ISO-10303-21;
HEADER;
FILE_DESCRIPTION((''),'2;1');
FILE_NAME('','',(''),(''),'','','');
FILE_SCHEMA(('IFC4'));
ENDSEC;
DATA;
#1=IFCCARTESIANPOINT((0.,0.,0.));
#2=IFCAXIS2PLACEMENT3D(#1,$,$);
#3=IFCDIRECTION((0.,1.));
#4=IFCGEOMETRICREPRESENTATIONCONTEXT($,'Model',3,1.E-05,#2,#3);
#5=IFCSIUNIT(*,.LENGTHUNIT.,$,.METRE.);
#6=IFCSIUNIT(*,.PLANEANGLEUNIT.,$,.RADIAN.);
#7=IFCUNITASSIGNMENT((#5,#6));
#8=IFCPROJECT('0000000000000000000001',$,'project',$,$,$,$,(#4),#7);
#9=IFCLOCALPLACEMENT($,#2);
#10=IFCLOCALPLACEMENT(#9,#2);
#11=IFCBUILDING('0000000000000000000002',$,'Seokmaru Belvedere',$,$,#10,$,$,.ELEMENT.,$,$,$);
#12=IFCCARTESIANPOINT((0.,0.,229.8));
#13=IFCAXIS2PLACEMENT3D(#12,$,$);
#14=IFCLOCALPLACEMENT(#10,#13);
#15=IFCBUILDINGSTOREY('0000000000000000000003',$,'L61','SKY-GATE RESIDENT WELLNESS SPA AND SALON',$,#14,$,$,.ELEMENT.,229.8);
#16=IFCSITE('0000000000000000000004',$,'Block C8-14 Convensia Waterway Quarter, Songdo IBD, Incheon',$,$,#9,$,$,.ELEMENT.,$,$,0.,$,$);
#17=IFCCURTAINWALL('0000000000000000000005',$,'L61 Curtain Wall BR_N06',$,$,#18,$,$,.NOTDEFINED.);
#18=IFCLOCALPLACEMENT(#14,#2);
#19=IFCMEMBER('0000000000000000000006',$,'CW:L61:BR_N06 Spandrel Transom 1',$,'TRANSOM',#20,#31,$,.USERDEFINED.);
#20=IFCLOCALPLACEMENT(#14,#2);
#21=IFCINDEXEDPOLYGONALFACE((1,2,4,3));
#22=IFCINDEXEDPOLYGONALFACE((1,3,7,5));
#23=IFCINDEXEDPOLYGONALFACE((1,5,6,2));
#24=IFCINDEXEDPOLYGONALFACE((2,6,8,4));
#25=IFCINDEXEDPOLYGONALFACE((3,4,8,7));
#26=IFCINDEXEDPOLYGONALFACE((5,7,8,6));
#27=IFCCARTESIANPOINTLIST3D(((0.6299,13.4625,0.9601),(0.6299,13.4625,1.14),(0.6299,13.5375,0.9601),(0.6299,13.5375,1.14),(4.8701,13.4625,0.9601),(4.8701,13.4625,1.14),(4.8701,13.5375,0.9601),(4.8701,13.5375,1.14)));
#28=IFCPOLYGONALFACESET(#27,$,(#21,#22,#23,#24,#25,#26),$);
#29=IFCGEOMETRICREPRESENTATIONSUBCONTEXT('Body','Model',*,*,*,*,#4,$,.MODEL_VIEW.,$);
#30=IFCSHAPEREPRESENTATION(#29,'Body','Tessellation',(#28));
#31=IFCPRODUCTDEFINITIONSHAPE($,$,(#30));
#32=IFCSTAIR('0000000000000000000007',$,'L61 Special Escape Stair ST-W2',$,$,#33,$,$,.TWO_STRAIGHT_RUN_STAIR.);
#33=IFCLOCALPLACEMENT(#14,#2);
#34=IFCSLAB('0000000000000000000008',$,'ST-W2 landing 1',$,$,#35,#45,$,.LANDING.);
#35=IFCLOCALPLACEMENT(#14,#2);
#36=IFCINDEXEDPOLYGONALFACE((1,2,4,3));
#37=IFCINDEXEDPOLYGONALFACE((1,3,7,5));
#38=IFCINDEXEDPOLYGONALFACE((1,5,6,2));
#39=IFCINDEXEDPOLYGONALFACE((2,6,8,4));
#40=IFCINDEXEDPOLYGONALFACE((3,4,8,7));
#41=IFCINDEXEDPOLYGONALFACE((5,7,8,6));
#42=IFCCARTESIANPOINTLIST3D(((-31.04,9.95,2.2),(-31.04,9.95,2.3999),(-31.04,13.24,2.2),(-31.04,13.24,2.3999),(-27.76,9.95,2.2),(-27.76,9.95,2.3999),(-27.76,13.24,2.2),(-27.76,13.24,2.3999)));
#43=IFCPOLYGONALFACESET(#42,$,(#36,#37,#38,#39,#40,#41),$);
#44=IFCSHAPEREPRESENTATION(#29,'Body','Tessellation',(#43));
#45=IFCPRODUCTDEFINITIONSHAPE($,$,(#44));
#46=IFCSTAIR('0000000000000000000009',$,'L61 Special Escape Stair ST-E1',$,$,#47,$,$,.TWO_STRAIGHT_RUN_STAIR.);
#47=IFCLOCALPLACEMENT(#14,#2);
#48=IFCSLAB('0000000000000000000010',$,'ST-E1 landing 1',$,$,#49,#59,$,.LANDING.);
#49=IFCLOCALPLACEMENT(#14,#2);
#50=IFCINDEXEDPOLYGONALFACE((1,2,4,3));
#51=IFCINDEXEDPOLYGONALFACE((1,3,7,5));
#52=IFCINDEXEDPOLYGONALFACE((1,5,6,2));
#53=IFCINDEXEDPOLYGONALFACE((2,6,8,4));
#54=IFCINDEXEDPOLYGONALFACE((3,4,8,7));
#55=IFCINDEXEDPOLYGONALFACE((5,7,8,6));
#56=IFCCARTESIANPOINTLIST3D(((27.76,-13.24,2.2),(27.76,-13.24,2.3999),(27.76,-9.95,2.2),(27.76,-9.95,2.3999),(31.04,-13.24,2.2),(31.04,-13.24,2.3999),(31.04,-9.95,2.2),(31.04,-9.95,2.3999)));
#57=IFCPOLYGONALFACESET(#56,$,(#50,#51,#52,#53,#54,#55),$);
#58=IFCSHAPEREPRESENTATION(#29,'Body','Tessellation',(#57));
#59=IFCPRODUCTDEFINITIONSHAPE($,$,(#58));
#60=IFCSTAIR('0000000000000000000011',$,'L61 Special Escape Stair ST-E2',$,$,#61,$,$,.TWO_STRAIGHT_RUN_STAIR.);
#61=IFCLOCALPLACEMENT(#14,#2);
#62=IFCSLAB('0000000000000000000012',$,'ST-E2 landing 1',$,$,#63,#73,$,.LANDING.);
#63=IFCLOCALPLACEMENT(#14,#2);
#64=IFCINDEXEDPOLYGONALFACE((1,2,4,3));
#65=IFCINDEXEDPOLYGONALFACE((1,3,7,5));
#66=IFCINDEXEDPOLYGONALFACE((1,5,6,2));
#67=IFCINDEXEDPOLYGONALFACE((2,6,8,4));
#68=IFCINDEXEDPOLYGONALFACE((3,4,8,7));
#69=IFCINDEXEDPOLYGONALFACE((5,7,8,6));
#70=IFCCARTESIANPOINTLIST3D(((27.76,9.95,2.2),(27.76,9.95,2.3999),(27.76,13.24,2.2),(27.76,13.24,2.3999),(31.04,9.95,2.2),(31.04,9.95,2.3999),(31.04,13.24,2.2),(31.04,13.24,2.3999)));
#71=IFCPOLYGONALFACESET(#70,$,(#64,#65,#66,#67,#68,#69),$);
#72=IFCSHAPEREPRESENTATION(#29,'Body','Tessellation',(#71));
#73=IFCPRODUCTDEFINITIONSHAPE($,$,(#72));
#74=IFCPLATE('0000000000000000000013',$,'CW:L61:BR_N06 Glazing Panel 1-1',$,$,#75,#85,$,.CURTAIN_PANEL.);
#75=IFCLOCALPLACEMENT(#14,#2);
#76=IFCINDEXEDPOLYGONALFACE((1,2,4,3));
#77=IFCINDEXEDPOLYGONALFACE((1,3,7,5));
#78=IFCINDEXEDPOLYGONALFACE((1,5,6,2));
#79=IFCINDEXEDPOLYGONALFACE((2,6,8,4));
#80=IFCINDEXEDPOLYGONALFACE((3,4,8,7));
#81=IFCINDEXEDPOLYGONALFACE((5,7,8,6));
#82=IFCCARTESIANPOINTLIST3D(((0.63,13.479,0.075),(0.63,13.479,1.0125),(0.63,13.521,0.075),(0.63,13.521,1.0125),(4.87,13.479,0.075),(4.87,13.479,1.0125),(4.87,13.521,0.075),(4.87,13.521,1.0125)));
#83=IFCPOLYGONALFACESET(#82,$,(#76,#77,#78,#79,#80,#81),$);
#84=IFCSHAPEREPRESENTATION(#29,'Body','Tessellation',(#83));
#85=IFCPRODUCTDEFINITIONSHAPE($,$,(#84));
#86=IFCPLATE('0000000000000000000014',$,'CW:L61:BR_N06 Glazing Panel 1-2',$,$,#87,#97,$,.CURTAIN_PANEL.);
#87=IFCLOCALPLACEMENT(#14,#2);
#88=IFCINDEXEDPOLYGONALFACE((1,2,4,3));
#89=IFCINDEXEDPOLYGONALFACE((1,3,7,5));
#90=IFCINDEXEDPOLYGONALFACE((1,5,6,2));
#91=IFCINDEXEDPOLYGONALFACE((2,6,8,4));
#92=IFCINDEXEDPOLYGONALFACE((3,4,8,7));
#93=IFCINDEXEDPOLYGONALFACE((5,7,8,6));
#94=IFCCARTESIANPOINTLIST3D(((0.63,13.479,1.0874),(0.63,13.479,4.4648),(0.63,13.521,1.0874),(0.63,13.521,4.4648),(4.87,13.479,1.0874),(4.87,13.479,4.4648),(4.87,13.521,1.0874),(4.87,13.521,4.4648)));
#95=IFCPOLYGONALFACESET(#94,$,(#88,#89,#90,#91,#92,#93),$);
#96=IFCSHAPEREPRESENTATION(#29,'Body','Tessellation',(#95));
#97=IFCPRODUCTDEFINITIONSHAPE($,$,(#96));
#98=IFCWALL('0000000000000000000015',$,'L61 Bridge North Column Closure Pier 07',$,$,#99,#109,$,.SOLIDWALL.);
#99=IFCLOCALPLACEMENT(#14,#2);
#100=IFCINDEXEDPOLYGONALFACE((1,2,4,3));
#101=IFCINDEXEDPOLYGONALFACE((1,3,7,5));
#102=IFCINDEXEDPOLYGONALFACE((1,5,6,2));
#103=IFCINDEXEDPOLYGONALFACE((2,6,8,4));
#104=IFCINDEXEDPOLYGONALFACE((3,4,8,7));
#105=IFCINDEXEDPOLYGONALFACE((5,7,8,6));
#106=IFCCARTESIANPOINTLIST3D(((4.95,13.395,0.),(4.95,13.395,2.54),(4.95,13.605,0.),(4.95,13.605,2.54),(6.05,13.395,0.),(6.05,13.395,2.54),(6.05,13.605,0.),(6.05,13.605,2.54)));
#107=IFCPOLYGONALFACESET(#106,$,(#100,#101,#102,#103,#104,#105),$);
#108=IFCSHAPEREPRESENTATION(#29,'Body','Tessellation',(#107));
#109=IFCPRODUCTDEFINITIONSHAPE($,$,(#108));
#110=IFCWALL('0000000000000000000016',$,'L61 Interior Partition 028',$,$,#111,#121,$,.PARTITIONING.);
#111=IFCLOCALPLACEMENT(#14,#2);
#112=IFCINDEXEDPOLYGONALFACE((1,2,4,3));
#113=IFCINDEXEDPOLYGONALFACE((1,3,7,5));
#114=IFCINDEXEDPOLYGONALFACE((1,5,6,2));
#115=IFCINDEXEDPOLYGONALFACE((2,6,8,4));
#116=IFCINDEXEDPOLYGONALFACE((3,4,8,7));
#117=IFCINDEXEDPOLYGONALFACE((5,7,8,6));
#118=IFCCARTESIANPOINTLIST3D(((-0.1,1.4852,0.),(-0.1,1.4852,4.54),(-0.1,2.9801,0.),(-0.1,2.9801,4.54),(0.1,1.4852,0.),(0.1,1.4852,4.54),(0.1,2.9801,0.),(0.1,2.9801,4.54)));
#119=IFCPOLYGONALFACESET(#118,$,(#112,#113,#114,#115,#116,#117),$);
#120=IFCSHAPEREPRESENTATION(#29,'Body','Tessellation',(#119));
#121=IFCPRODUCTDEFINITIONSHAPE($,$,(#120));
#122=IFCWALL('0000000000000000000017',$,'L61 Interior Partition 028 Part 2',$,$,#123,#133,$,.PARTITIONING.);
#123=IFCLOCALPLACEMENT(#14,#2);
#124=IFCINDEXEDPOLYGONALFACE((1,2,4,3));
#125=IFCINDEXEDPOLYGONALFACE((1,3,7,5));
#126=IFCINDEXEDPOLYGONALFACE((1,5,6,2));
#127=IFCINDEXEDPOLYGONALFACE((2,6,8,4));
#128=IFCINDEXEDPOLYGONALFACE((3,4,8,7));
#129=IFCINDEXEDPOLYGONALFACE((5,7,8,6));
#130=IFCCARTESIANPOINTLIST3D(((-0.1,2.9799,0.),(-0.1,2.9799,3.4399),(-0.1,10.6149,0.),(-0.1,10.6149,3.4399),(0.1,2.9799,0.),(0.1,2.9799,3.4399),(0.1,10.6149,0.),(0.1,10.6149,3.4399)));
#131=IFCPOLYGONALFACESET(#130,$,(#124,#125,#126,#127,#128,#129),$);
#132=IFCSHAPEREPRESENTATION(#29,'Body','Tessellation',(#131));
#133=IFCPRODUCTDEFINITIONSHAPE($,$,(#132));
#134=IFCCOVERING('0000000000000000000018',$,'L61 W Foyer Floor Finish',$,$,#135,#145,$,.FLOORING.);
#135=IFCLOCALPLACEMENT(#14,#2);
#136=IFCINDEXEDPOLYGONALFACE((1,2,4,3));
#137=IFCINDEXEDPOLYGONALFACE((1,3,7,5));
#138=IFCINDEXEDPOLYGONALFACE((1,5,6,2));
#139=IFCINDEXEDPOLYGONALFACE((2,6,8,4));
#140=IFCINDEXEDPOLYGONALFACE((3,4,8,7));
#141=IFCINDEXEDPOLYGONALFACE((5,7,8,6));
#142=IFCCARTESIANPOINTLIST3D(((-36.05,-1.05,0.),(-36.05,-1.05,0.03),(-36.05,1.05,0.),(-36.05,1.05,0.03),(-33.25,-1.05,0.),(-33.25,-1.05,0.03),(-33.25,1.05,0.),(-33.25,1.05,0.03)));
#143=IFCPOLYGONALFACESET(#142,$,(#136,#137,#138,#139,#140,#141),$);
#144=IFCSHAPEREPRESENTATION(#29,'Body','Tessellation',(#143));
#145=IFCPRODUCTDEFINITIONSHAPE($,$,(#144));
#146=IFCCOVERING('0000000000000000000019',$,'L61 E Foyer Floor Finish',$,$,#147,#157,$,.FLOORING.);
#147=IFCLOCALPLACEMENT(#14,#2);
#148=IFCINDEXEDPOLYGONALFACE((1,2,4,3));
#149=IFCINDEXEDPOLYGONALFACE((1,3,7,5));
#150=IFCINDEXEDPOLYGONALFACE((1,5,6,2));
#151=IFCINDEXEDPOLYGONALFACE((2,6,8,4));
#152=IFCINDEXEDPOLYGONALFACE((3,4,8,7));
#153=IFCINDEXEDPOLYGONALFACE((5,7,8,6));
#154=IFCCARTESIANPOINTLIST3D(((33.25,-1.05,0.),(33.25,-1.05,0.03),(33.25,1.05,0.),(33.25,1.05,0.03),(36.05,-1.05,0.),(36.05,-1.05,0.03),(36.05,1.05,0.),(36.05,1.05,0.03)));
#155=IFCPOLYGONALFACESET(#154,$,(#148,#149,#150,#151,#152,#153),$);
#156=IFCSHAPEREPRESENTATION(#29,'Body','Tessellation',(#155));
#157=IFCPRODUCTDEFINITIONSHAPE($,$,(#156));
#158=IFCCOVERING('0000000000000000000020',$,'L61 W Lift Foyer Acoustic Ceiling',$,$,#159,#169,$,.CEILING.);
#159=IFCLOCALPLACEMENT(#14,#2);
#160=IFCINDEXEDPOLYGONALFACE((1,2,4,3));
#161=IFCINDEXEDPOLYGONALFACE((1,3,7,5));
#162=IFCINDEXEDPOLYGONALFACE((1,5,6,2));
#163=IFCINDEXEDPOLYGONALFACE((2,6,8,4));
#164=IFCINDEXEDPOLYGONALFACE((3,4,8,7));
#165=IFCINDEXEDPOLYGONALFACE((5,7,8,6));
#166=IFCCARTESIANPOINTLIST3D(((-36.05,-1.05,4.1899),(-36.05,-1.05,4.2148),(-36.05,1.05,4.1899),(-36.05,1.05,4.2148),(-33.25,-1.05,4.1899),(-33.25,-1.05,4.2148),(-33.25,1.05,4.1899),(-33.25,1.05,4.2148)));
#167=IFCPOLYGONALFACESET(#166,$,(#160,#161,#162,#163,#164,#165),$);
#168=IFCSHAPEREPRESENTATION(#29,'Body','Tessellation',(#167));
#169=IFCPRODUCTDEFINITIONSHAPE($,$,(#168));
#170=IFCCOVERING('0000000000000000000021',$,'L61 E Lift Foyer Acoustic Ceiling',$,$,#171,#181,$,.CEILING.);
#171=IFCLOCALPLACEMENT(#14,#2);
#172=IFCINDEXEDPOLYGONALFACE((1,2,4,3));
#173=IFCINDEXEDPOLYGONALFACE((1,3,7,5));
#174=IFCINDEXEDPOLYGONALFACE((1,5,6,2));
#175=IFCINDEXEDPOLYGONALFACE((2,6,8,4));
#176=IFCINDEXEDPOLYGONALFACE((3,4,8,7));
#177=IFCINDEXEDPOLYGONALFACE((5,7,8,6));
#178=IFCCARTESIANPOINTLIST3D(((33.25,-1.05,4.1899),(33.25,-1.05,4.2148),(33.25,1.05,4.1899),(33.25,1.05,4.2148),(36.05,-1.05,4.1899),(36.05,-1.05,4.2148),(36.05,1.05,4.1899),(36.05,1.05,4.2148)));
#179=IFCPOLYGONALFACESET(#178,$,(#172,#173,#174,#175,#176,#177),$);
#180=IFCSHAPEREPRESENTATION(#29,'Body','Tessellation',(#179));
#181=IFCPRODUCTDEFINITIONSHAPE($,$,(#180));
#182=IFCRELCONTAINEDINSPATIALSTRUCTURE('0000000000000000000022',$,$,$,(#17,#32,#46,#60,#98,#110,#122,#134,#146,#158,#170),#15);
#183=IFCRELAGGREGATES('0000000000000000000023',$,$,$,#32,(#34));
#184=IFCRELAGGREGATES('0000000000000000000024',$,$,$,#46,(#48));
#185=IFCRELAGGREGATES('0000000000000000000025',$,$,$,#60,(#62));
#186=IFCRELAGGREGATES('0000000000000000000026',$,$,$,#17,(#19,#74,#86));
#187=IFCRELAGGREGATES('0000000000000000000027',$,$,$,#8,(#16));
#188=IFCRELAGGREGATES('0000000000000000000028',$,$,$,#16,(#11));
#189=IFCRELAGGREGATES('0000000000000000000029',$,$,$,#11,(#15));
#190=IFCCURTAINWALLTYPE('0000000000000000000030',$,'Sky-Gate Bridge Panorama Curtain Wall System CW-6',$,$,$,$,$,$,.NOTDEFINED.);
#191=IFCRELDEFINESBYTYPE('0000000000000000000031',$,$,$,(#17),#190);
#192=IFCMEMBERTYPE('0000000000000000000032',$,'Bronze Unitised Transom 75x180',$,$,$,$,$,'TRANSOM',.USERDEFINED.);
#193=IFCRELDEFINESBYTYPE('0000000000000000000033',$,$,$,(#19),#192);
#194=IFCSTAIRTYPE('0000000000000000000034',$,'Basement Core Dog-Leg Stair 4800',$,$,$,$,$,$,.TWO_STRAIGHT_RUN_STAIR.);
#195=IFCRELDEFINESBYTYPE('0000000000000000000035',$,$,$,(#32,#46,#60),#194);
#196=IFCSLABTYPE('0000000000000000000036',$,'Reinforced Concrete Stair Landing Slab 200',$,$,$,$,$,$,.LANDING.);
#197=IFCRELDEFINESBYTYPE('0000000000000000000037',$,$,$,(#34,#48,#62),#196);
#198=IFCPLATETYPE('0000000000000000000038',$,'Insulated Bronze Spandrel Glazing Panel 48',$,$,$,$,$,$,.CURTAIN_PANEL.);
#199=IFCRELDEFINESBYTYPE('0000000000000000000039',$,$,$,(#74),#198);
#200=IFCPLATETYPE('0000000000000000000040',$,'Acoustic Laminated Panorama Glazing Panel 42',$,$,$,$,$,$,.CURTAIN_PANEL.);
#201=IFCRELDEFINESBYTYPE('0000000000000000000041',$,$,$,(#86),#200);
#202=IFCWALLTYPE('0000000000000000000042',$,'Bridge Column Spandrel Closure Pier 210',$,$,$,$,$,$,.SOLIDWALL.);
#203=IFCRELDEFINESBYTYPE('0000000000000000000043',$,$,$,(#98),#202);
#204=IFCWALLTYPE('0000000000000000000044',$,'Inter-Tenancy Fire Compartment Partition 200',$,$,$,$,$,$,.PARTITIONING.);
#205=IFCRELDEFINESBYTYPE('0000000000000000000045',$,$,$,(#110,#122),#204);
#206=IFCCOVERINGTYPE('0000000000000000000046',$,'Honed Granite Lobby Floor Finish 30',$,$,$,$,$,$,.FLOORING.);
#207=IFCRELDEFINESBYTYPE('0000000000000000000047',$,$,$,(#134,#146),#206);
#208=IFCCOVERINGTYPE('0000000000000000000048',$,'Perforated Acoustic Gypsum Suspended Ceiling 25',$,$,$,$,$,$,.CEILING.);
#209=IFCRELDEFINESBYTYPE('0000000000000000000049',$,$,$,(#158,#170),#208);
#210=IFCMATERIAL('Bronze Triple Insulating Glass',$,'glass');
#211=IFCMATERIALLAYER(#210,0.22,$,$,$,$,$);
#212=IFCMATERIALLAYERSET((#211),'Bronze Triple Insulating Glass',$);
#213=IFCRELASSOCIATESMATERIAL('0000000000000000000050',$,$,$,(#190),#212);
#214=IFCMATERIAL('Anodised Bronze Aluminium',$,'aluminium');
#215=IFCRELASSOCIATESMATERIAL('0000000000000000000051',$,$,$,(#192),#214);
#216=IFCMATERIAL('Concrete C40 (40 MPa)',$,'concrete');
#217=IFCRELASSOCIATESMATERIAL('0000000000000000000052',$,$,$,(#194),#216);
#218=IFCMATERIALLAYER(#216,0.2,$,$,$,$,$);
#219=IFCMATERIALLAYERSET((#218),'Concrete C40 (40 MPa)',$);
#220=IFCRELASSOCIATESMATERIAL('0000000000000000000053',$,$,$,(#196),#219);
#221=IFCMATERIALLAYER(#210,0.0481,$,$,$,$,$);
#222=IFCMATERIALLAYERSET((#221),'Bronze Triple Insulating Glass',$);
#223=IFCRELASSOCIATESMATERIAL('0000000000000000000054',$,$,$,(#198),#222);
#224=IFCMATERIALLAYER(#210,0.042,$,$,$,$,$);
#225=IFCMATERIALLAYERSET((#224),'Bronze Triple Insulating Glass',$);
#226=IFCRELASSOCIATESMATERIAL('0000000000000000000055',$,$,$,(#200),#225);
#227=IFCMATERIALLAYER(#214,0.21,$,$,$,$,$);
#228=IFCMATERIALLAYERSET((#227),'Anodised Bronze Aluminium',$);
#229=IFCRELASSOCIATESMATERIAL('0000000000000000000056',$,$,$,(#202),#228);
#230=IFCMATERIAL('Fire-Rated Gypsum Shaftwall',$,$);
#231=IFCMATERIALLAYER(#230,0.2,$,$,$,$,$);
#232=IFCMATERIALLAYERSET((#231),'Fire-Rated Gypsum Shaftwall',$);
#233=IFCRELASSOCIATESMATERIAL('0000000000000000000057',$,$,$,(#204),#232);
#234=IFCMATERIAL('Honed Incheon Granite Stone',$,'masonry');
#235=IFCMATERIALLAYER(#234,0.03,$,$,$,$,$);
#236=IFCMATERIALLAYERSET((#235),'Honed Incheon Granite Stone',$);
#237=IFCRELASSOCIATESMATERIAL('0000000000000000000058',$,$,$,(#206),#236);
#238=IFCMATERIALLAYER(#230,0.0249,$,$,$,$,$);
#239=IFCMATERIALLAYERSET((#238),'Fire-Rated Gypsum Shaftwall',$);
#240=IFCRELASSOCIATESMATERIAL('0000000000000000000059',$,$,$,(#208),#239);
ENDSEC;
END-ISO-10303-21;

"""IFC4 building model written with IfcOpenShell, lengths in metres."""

from ifc_helpers import new_model, si_unit, direction, frame, frame_2d, origin, origin_2d, place, context, subcontext, project, spatial, polyline, rectangle, outline, extrude, source, transform, mapped, material, layer, layer_set, material_profile, profile_set, type_object, type_shapes, element, aggregate, save


model = new_model("IFC4")

# Units and contexts
model_context = context("Model", 3, precision=1e-05, world=origin(), true_north=direction((0.0, 1.0)))
body_context = subcontext(model_context, "Body", "Model", "MODEL_VIEW")
ifc_project = project(units=[si_unit("LENGTHUNIT", "METRE"), si_unit("PLANEANGLEUNIT", "RADIAN")], contexts=[model_context])

# Site, building, storey
site_placement = place(None, origin())
site = spatial("IfcSite", under=ifc_project, at=site_placement, Name="Block C8-14 Convensia Waterway Quarter, Songdo IBD, Incheon", CompositionType="ELEMENT", RefElevation=0.0)
building_placement = place(site_placement, origin())
building = spatial("IfcBuilding", under=site, at=building_placement, Name="Seokmaru Belvedere", CompositionType="ELEMENT")
storey_placement = place(building_placement, frame((0.0, 0.0, 229.8)))
storey = spatial("IfcBuildingStorey", under=building, at=storey_placement, Name="L61", Description="SKY-GATE RESIDENT WELLNESS SPA AND SALON", CompositionType="ELEMENT", Elevation=229.8)

# Curtain wall, member
ifc_material_1 = material(Name="Bronze Triple Insulating Glass", Category="glass")
ifc_layer_1 = layer(ifc_material_1, 0.22)
ifc_layer_set_1 = layer_set([ifc_layer_1], Name="Bronze Triple Insulating Glass")
curtain_wall_type = type_object("IfcCurtainWallType", Name="Sky-Gate Bridge Panorama Curtain Wall System CW-6", PredefinedType="NOTDEFINED", material=ifc_layer_set_1)
curtain_wall_placement = place(storey_placement, origin())
curtain_wall = element("IfcCurtainWall", 1, at=curtain_wall_placement, inside=storey, type_object=curtain_wall_type, Name="L61 Curtain Wall BR_N06", PredefinedType="NOTDEFINED")
ifc_material_2 = material(Name="Anodised Bronze Aluminium", Category="aluminium")
ifc_material_profile_1 = material_profile(ifc_material_2, rectangle(XDim=0.075, YDim=0.1799, at=origin_2d()), Name="CW-T-75x180")
ifc_profile_set_1 = profile_set([ifc_material_profile_1], Name="Anodised Bronze Aluminium")
member_type_1 = type_object("IfcMemberType", Name="Bronze Unitised Transom 75x180", ElementType="TRANSOM", PredefinedType="USERDEFINED", material=ifc_profile_set_1)
shared_shape_1 = source(origin(), body_context, "Body", "SweptSolid", [
    extrude(rectangle(XDim=0.075, YDim=0.1799, at=origin_2d()), origin(), (0.0, 0.0, 1.0), 4.2402),
])
type_shapes(member_type_1, [shared_shape_1])
member_1_placement = place(storey_placement, frame((4.8701, 13.5, 1.05), z_axis=(-1.0, 0.0, 0.0), x_axis=(0.0, -1.0, 0.0)))
member_1 = element("IfcMember", 2, at=member_1_placement, type_object=member_type_1, Name="CW:L61:BR_N06 Spandrel Transom 1", ObjectType="TRANSOM", PredefinedType="USERDEFINED", context=body_context, shape_type="MappedRepresentation", body=[
    mapped(shared_shape_1, transform((0.0, 0.0, 0.0), scale=1.0)),
])

# Stairs, slabs
ifc_material_3 = material(Name="Concrete C40 (40 MPa)", Category="concrete")
stair_type = type_object("IfcStairType", Name="Basement Core Dog-Leg Stair 4800", PredefinedType="TWO_STRAIGHT_RUN_STAIR", material=ifc_material_3)
stair_1_placement = place(storey_placement, origin())
stair_1 = element("IfcStair", 3, at=stair_1_placement, inside=storey, type_object=stair_type, Name="L61 Special Escape Stair ST-W2", PredefinedType="TWO_STRAIGHT_RUN_STAIR")
ifc_layer_2 = layer(ifc_material_3, 0.2)
ifc_layer_set_2 = layer_set([ifc_layer_2], Name="Concrete C40 (40 MPa)")
slab_type = type_object("IfcSlabType", Name="Reinforced Concrete Stair Landing Slab 200", PredefinedType="LANDING", material=ifc_layer_set_2)
slab_1_placement = place(storey_placement, frame((0.0, 0.0, 2.2)))
slab_1 = element("IfcSlab", 4, at=slab_1_placement, type_object=slab_type, Name="ST-W2 landing 1", PredefinedType="LANDING", context=body_context, shape_type="SweptSolid", body=[
    extrude(outline(polyline([(-31.04, 9.95), (-27.76, 9.95), (-27.76, 13.24), (-31.04, 13.24), (-31.04, 9.95)])), origin(), (0.0, 0.0, 1.0), 0.2),
])
aggregate(stair_1, [slab_1])
stair_2_placement = place(storey_placement, origin())
stair_2 = element("IfcStair", 5, at=stair_2_placement, inside=storey, type_object=stair_type, Name="L61 Special Escape Stair ST-E1", PredefinedType="TWO_STRAIGHT_RUN_STAIR")
slab_2_placement = place(storey_placement, frame((0.0, 0.0, 2.2)))
slab_2 = element("IfcSlab", 6, at=slab_2_placement, type_object=slab_type, Name="ST-E1 landing 1", PredefinedType="LANDING", context=body_context, shape_type="SweptSolid", body=[
    extrude(outline(polyline([(27.76, -13.24), (31.04, -13.24), (31.04, -9.95), (27.76, -9.95), (27.76, -13.24)])), origin(), (0.0, 0.0, 1.0), 0.2),
])
aggregate(stair_2, [slab_2])
stair_3_placement = place(storey_placement, origin())
stair_3 = element("IfcStair", 7, at=stair_3_placement, inside=storey, type_object=stair_type, Name="L61 Special Escape Stair ST-E2", PredefinedType="TWO_STRAIGHT_RUN_STAIR")
slab_3_placement = place(storey_placement, frame((0.0, 0.0, 2.2)))
slab_3 = element("IfcSlab", 8, at=slab_3_placement, type_object=slab_type, Name="ST-E2 landing 1", PredefinedType="LANDING", context=body_context, shape_type="SweptSolid", body=[
    extrude(outline(polyline([(27.76, 9.95), (31.04, 9.95), (31.04, 13.24), (27.76, 13.24), (27.76, 9.95)])), origin(), (0.0, 0.0, 1.0), 0.2),
])
aggregate(stair_3, [slab_3])

# Plates
ifc_layer_3 = layer(ifc_material_1, 0.0481)
ifc_layer_set_3 = layer_set([ifc_layer_3], Name="Bronze Triple Insulating Glass")
plate_type_1 = type_object("IfcPlateType", Name="Insulated Bronze Spandrel Glazing Panel 48", PredefinedType="CURTAIN_PANEL", material=ifc_layer_set_3)
shared_shape_2 = source(origin(), body_context, "Body", "SweptSolid", [
    extrude(rectangle(XDim=4.24, YDim=0.042, at=origin_2d()), origin(), (0.0, 0.0, 1.0), 0.9375),
])
type_shapes(plate_type_1, [shared_shape_2])
plate_1_placement = place(storey_placement, frame((2.75, 13.5, 0.075), z_axis=(0.0, 0.0, 1.0), x_axis=(-1.0, 0.0, 0.0)))
plate_1 = element("IfcPlate", 9, at=plate_1_placement, type_object=plate_type_1, Name="CW:L61:BR_N06 Glazing Panel 1-1", PredefinedType="CURTAIN_PANEL", context=body_context, shape_type="MappedRepresentation", body=[
    mapped(shared_shape_2, transform((0.0, 0.0, 0.0), scale=1.0)),
])
ifc_layer_4 = layer(ifc_material_1, 0.042)
ifc_layer_set_4 = layer_set([ifc_layer_4], Name="Bronze Triple Insulating Glass")
plate_type_2 = type_object("IfcPlateType", Name="Acoustic Laminated Panorama Glazing Panel 42", PredefinedType="CURTAIN_PANEL", material=ifc_layer_set_4)
shared_shape_3 = source(origin(), body_context, "Body", "SweptSolid", [
    extrude(rectangle(XDim=4.24, YDim=0.042, at=origin_2d()), origin(), (0.0, 0.0, 1.0), 3.3774),
])
type_shapes(plate_type_2, [shared_shape_3])
plate_2_placement = place(storey_placement, frame((2.75, 13.5, 1.0874), z_axis=(0.0, 0.0, 1.0), x_axis=(-1.0, 0.0, 0.0)))
plate_2 = element("IfcPlate", 10, at=plate_2_placement, type_object=plate_type_2, Name="CW:L61:BR_N06 Glazing Panel 1-2", PredefinedType="CURTAIN_PANEL", context=body_context, shape_type="MappedRepresentation", body=[
    mapped(shared_shape_3, transform((0.0, 0.0, 0.0), scale=1.0)),
])
aggregate(curtain_wall, [member_1, plate_1, plate_2])

# Walls
ifc_layer_5 = layer(ifc_material_2, 0.21)
ifc_layer_set_5 = layer_set([ifc_layer_5], Name="Anodised Bronze Aluminium")
wall_type_1 = type_object("IfcWallType", Name="Bridge Column Spandrel Closure Pier 210", PredefinedType="SOLIDWALL", material=ifc_layer_set_5)
wall_1_placement = place(storey_placement, frame((4.95, 13.5, 0.0), z_axis=(0.0, 0.0, 1.0), x_axis=(1.0, 0.0, 0.0)))
element("IfcWall", 11, at=wall_1_placement, inside=storey, type_object=wall_type_1, Name="L61 Bridge North Column Closure Pier 07", PredefinedType="SOLIDWALL", context=body_context, shape_type="SweptSolid", body=[
    extrude(rectangle(XDim=1.1001, YDim=0.21, at=frame_2d((0.55, 0.0))), origin(), (0.0, 0.0, 1.0), 2.54),
])
ifc_material_4 = material(Name="Fire-Rated Gypsum Shaftwall")
ifc_layer_6 = layer(ifc_material_4, 0.2)
ifc_layer_set_6 = layer_set([ifc_layer_6], Name="Fire-Rated Gypsum Shaftwall")
wall_type_2 = type_object("IfcWallType", Name="Inter-Tenancy Fire Compartment Partition 200", PredefinedType="PARTITIONING", material=ifc_layer_set_6)
wall_2_placement = place(storey_placement, frame((0.0, 1.4851, 0.0), z_axis=(0.0, 0.0, 1.0), x_axis=(0.0, 1.0, 0.0)))
element("IfcWall", 12, at=wall_2_placement, inside=storey, type_object=wall_type_2, Name="L61 Interior Partition 028", PredefinedType="PARTITIONING", context=body_context, shape_type="SweptSolid", body=[
    extrude(rectangle(XDim=1.4949, YDim=0.2, at=frame_2d((0.7476, 0.0))), origin(), (0.0, 0.0, 1.0), 4.54),
])
wall_3_placement = place(storey_placement, frame((0.0, 2.98, 0.0), z_axis=(0.0, 0.0, 1.0), x_axis=(0.0, 1.0, 0.0)))
element("IfcWall", 13, at=wall_3_placement, inside=storey, type_object=wall_type_2, Name="L61 Interior Partition 028 Part 2", PredefinedType="PARTITIONING", context=body_context, shape_type="SweptSolid", body=[
    extrude(rectangle(XDim=7.635, YDim=0.2, at=frame_2d((3.8174, 0.0))), origin(), (0.0, 0.0, 1.0), 3.4399),
])

# Coverings
ifc_material_5 = material(Name="Honed Incheon Granite Stone", Category="masonry")
ifc_layer_7 = layer(ifc_material_5, 0.03)
ifc_layer_set_7 = layer_set([ifc_layer_7], Name="Honed Incheon Granite Stone")
covering_type_1 = type_object("IfcCoveringType", Name="Honed Granite Lobby Floor Finish 30", PredefinedType="FLOORING", material=ifc_layer_set_7)
covering_1_placement = place(storey_placement, origin())
element("IfcCovering", 14, at=covering_1_placement, inside=storey, type_object=covering_type_1, Name="L61 W Foyer Floor Finish", PredefinedType="FLOORING", context=body_context, shape_type="SweptSolid", body=[
    extrude(outline(polyline([(-36.05, -1.05), (-33.25, -1.05), (-33.25, 1.05), (-36.05, 1.05), (-36.05, -1.05)])), origin(), (0.0, 0.0, 1.0), 0.03),
])
covering_2_placement = place(storey_placement, origin())
element("IfcCovering", 15, at=covering_2_placement, inside=storey, type_object=covering_type_1, Name="L61 E Foyer Floor Finish", PredefinedType="FLOORING", context=body_context, shape_type="SweptSolid", body=[
    extrude(outline(polyline([(33.25, -1.05), (36.05, -1.05), (36.05, 1.05), (33.25, 1.05), (33.25, -1.05)])), origin(), (0.0, 0.0, 1.0), 0.03),
])
ifc_layer_8 = layer(ifc_material_4, 0.0249)
ifc_layer_set_8 = layer_set([ifc_layer_8], Name="Fire-Rated Gypsum Shaftwall")
covering_type_2 = type_object("IfcCoveringType", Name="Perforated Acoustic Gypsum Suspended Ceiling 25", PredefinedType="CEILING", material=ifc_layer_set_8)
covering_3_placement = place(storey_placement, frame((0.0, 0.0, 4.1899)))
element("IfcCovering", 16, at=covering_3_placement, inside=storey, type_object=covering_type_2, Name="L61 W Lift Foyer Acoustic Ceiling", PredefinedType="CEILING", context=body_context, shape_type="SweptSolid", body=[
    extrude(outline(polyline([(-36.05, -1.05), (-33.25, -1.05), (-33.25, 1.05), (-36.05, 1.05), (-36.05, -1.05)])), origin(), (0.0, 0.0, 1.0), 0.0249),
])
covering_4_placement = place(storey_placement, frame((0.0, 0.0, 4.1899)))
element("IfcCovering", 17, at=covering_4_placement, inside=storey, type_object=covering_type_2, Name="L61 E Lift Foyer Acoustic Ceiling", PredefinedType="CEILING", context=body_context, shape_type="SweptSolid", body=[
    extrude(outline(polyline([(33.25, -1.05), (36.05, -1.05), (36.05, 1.05), (33.25, 1.05), (33.25, -1.05)])), origin(), (0.0, 0.0, 1.0), 0.0249),
])

save(model, "model.ifc")
